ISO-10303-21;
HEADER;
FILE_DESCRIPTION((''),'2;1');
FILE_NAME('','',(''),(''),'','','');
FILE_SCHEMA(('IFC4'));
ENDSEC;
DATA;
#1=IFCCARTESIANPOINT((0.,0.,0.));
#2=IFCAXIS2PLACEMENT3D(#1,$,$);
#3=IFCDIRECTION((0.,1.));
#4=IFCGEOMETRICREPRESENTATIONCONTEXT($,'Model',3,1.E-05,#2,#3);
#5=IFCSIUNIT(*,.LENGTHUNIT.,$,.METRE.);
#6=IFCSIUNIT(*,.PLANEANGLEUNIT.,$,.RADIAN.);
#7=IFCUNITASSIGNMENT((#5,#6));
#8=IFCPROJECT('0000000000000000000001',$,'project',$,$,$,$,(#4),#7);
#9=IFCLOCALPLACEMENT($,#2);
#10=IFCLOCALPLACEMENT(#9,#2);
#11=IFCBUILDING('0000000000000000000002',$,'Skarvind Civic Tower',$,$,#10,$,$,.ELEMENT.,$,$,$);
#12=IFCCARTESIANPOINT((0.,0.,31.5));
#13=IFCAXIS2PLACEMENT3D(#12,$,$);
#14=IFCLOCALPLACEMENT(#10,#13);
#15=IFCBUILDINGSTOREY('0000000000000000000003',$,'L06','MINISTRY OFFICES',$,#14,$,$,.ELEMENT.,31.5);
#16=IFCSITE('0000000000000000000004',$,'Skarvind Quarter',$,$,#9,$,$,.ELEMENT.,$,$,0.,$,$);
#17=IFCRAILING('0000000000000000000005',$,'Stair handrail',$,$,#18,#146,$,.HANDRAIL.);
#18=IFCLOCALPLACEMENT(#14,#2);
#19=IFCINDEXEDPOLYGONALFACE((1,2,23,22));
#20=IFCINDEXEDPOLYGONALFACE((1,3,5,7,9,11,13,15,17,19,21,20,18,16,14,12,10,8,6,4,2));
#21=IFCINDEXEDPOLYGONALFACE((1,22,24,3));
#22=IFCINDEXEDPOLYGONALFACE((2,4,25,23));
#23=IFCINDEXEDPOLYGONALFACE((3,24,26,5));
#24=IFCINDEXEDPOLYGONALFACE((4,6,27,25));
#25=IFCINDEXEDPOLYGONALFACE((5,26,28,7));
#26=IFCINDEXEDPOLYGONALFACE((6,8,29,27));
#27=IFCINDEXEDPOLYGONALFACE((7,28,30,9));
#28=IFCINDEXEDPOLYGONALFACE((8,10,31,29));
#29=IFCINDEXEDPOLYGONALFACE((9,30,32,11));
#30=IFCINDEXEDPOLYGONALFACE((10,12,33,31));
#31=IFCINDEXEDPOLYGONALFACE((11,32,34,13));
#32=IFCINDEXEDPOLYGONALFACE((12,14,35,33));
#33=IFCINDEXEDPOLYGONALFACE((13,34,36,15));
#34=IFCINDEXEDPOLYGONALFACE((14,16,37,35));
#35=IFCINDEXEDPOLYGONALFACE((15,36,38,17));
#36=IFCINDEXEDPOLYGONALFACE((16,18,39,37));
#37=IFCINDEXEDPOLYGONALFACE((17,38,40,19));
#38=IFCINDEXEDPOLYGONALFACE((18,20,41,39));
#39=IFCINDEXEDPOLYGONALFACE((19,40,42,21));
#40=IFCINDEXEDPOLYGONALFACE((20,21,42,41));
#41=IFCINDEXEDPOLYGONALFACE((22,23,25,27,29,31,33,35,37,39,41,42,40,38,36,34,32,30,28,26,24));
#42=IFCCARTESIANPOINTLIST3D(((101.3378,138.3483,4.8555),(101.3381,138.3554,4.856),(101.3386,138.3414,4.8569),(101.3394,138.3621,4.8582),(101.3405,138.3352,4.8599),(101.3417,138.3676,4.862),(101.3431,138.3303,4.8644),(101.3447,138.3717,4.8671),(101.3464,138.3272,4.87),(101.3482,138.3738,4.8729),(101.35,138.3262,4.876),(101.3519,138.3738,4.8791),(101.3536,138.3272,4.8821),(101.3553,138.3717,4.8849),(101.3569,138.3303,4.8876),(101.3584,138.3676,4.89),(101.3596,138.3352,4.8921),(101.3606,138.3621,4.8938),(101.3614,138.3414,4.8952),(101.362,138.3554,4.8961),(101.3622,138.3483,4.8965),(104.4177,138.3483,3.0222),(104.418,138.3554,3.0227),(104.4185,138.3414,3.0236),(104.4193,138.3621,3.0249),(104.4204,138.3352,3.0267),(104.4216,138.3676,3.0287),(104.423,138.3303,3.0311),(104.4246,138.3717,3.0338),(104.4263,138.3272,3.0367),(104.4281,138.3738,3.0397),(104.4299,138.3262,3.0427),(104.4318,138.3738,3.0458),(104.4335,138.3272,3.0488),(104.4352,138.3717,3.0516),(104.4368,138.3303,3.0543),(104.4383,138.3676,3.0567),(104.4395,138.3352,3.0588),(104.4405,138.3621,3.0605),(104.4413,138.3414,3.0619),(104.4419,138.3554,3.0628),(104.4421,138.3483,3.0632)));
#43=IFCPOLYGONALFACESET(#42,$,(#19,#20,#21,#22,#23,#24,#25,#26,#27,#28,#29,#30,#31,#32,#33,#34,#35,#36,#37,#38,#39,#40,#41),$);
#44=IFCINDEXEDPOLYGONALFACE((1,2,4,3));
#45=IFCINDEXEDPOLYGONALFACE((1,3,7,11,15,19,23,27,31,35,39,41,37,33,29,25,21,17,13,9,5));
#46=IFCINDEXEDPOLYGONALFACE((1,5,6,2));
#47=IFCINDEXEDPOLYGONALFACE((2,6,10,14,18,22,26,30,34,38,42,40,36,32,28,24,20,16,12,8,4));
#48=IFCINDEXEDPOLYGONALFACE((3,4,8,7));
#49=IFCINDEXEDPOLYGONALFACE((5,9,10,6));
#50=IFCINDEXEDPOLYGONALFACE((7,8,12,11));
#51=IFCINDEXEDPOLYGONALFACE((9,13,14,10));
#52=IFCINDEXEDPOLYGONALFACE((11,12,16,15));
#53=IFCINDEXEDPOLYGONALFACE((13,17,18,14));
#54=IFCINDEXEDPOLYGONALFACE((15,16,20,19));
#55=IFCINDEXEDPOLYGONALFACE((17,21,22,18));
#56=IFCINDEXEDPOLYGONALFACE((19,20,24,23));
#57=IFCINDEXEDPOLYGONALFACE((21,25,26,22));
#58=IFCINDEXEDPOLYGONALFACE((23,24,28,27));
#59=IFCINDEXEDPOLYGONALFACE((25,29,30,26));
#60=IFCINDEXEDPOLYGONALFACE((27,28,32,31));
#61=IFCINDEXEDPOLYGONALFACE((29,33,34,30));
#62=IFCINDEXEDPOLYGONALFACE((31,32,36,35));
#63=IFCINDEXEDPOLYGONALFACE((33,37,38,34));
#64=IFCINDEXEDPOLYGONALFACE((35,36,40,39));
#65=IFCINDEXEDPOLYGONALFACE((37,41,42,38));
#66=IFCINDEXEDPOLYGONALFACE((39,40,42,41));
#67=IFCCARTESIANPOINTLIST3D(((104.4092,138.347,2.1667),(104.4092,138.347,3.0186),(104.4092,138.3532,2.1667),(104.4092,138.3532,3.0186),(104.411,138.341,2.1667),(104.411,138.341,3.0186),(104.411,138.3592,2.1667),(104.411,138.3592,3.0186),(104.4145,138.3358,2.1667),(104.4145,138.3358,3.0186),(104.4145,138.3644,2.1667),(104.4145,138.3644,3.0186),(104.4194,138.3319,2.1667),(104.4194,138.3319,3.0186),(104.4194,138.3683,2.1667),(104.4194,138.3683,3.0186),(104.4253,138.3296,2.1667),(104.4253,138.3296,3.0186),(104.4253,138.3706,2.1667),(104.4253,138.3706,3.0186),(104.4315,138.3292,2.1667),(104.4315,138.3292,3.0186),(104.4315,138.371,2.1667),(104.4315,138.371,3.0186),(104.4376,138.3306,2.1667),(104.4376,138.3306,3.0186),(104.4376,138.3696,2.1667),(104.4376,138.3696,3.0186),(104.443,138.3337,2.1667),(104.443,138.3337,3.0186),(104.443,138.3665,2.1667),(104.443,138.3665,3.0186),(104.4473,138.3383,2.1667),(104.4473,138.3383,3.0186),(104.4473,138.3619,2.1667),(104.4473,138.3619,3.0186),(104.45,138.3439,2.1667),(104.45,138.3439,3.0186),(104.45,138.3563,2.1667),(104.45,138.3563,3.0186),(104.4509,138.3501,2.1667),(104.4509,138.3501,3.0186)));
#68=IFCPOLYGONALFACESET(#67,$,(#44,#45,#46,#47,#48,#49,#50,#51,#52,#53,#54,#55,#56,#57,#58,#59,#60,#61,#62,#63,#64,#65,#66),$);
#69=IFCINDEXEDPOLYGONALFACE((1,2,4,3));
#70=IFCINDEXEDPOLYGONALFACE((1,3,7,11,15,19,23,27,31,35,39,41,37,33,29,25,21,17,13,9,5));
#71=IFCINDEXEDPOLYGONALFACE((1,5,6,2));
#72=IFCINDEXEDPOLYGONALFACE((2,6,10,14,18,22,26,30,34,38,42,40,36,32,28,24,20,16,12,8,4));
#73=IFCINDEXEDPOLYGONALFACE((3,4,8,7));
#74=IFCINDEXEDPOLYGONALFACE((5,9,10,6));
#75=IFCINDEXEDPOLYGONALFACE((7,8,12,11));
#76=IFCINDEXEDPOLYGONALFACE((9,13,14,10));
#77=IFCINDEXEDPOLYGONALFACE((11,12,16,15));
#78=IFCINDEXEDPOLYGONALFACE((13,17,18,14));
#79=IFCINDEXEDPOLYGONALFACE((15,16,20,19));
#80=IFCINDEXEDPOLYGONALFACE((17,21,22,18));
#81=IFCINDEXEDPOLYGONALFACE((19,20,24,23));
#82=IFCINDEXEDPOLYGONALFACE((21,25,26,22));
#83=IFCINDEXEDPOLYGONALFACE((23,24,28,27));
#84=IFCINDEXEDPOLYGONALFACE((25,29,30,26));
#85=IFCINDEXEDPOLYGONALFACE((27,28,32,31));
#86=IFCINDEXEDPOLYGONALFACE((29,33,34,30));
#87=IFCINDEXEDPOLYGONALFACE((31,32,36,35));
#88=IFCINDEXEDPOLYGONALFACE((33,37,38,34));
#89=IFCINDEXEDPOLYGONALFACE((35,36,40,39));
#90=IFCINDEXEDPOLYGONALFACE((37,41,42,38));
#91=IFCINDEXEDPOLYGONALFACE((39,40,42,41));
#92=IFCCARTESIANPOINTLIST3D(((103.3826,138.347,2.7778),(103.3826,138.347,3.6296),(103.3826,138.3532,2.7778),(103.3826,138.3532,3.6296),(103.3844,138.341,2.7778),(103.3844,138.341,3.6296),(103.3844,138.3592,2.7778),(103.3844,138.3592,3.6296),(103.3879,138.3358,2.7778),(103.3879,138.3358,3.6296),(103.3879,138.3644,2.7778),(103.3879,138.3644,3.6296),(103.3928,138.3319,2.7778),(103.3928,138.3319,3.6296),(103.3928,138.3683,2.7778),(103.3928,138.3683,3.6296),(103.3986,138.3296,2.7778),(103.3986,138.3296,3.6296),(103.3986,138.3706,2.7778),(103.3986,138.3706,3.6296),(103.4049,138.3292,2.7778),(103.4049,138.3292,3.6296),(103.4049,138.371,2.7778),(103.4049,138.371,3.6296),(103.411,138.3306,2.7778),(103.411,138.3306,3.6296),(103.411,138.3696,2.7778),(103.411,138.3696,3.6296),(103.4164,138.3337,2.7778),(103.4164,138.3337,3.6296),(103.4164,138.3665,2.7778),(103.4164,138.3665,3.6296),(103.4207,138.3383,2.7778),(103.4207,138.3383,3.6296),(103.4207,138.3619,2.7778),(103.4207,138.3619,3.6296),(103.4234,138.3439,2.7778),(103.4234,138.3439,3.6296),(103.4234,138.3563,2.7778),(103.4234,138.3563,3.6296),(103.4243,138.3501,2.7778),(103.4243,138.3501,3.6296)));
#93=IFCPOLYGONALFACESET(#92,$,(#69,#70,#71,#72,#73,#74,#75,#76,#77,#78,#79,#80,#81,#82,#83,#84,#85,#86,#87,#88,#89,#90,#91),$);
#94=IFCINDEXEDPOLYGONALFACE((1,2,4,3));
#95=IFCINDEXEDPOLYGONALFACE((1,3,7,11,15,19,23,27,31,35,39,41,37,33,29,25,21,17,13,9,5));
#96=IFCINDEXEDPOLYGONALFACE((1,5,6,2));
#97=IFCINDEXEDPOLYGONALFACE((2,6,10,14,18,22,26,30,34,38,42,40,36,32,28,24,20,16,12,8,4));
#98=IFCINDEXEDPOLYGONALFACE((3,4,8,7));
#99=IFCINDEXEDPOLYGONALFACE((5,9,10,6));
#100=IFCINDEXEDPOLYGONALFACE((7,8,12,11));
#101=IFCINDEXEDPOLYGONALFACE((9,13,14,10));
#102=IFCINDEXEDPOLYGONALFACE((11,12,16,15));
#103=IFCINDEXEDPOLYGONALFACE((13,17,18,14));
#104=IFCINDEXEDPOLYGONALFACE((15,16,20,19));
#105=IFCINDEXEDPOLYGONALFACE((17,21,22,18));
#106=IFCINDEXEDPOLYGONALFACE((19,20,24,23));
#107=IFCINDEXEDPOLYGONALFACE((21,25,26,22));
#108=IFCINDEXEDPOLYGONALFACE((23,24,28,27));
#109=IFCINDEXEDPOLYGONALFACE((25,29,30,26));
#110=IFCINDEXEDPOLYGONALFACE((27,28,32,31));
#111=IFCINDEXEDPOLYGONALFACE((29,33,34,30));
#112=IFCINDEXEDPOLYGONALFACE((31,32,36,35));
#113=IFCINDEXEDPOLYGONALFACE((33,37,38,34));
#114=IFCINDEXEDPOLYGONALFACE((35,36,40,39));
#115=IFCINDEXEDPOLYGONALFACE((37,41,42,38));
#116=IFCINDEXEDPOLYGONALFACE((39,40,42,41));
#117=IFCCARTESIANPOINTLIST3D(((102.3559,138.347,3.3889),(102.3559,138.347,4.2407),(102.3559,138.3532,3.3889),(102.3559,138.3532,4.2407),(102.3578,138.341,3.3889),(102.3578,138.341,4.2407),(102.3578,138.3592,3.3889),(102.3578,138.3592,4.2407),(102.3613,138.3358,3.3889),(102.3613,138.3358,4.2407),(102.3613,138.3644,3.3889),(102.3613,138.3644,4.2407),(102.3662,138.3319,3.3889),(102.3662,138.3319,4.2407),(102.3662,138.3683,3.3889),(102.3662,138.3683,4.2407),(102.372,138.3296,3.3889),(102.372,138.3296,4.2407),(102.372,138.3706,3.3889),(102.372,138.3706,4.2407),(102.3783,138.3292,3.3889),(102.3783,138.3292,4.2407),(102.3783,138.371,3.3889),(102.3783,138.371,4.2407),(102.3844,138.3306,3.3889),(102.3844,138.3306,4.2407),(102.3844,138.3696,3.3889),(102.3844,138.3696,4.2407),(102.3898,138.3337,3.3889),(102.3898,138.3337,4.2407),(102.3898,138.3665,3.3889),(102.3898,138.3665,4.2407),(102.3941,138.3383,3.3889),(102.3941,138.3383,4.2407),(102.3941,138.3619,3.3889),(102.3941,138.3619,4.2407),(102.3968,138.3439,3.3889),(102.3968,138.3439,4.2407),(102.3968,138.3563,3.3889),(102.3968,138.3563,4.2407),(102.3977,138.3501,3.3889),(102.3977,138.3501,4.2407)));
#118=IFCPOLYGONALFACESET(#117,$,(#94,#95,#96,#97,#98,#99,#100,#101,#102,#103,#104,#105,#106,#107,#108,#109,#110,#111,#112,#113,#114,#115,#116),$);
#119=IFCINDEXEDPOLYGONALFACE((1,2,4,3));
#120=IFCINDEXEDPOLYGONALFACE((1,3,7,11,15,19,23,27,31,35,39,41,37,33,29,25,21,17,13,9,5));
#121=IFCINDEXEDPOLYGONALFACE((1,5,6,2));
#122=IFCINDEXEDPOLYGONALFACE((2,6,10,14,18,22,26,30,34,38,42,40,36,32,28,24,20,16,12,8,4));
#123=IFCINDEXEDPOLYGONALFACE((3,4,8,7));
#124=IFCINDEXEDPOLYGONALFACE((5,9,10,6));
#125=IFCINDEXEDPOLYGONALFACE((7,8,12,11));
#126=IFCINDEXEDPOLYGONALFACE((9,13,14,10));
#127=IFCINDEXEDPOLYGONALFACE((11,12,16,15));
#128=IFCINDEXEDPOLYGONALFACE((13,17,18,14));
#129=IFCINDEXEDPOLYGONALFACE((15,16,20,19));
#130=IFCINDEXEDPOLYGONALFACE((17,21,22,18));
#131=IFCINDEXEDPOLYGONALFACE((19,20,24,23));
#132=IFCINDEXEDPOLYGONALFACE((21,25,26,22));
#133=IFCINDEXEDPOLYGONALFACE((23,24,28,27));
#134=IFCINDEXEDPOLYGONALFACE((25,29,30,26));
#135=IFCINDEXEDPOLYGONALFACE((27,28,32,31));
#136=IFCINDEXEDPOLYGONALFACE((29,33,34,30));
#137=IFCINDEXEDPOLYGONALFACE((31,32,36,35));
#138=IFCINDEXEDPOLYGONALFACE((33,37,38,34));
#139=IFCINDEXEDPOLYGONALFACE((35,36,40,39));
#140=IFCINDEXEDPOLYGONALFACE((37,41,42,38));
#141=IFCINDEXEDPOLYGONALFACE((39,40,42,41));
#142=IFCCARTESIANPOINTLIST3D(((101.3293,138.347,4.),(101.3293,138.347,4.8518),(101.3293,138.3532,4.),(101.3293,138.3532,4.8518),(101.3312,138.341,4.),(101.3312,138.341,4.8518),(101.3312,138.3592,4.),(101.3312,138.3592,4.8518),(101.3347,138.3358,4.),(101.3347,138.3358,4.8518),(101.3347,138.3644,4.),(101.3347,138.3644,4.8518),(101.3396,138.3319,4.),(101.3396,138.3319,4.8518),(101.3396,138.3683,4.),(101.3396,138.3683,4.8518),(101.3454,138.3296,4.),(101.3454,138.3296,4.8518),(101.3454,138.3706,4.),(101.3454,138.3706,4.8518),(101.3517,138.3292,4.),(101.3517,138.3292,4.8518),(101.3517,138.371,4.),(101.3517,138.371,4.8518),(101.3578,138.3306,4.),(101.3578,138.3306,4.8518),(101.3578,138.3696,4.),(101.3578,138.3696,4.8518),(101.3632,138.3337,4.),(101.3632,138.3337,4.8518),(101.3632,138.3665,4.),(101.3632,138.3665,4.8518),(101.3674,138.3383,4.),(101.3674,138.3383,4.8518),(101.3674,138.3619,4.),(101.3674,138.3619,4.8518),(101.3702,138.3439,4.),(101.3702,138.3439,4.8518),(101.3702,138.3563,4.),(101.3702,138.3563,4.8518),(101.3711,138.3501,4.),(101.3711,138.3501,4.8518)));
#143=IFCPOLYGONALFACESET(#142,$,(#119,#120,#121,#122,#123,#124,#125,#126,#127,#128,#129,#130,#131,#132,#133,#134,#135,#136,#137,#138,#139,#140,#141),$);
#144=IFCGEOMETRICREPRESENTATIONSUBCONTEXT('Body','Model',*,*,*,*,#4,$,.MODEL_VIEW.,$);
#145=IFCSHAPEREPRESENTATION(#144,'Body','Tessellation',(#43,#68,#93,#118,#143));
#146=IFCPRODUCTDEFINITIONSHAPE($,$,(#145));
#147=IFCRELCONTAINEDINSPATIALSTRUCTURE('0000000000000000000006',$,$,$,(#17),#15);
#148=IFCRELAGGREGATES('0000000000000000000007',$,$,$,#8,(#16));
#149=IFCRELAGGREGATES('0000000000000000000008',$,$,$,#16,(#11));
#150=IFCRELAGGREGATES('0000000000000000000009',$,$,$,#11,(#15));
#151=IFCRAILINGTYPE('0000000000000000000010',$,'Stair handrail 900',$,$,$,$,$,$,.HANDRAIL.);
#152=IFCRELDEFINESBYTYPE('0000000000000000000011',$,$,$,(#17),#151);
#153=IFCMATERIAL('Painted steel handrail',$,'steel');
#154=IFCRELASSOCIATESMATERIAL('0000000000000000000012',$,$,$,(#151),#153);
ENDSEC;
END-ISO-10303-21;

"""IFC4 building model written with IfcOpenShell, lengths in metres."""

from ifc_helpers import new_model, si_unit, direction, frame, origin, origin_2d, place, context, subcontext, project, spatial, circle, extrude, material, type_object, element, save


model = new_model("IFC4")

# Units and contexts
model_context = context("Model", 3, precision=1e-05, world=origin(), true_north=direction((0.0, 1.0)))
body_context = subcontext(model_context, "Body", "Model", "MODEL_VIEW")
ifc_project = project(units=[si_unit("LENGTHUNIT", "METRE"), si_unit("PLANEANGLEUNIT", "RADIAN")], contexts=[model_context])

# Site, building, storey
site_placement = place(None, origin())
site = spatial("IfcSite", under=ifc_project, at=site_placement, Name="Skarvind Quarter", CompositionType="ELEMENT", RefElevation=0.0)
building_placement = place(site_placement, origin())
building = spatial("IfcBuilding", under=site, at=building_placement, Name="Skarvind Civic Tower", CompositionType="ELEMENT")
storey_placement = place(building_placement, frame((0.0, 0.0, 31.5)))
storey = spatial("IfcBuildingStorey", under=building, at=storey_placement, Name="L06", Description="MINISTRY OFFICES", CompositionType="ELEMENT", Elevation=31.5)

# Railing
ifc_material_1 = material(Name="Painted steel handrail", Category="steel")
railing_type = type_object("IfcRailingType", Name="Stair handrail 900", PredefinedType="HANDRAIL", material=ifc_material_1)
railing_1_placement = place(storey_placement, frame((104.4299, 138.3501, 2.1667)))
element("IfcRailing", 1, at=railing_1_placement, inside=storey, type_object=railing_type, Name="Stair handrail", PredefinedType="HANDRAIL", context=body_context, shape_type="SweptSolid", body=[
    extrude(circle(Radius=0.0239, at=origin_2d()), frame((0.0, 0.0, 0.876), z_axis=(-0.859291, 0.0, 0.511487), x_axis=(0.0, -1.0, 0.0)), (0.0, 0.0, 1.0), 3.5842),
    extrude(circle(Radius=0.021, at=origin_2d()), origin(), (0.0, 0.0, 1.0), 0.8518),
    extrude(circle(Radius=0.021, at=origin_2d()), frame((-1.0266, 0.0, 0.6111)), (0.0, 0.0, 1.0), 0.8518),
    extrude(circle(Radius=0.021, at=origin_2d()), frame((-2.0532, 0.0, 1.2222)), (0.0, 0.0, 1.0), 0.8518),
    extrude(circle(Radius=0.021, at=origin_2d()), frame((-3.0798, 0.0, 1.8333)), (0.0, 0.0, 1.0), 0.8518),
])

save(model, "model.ifc")
